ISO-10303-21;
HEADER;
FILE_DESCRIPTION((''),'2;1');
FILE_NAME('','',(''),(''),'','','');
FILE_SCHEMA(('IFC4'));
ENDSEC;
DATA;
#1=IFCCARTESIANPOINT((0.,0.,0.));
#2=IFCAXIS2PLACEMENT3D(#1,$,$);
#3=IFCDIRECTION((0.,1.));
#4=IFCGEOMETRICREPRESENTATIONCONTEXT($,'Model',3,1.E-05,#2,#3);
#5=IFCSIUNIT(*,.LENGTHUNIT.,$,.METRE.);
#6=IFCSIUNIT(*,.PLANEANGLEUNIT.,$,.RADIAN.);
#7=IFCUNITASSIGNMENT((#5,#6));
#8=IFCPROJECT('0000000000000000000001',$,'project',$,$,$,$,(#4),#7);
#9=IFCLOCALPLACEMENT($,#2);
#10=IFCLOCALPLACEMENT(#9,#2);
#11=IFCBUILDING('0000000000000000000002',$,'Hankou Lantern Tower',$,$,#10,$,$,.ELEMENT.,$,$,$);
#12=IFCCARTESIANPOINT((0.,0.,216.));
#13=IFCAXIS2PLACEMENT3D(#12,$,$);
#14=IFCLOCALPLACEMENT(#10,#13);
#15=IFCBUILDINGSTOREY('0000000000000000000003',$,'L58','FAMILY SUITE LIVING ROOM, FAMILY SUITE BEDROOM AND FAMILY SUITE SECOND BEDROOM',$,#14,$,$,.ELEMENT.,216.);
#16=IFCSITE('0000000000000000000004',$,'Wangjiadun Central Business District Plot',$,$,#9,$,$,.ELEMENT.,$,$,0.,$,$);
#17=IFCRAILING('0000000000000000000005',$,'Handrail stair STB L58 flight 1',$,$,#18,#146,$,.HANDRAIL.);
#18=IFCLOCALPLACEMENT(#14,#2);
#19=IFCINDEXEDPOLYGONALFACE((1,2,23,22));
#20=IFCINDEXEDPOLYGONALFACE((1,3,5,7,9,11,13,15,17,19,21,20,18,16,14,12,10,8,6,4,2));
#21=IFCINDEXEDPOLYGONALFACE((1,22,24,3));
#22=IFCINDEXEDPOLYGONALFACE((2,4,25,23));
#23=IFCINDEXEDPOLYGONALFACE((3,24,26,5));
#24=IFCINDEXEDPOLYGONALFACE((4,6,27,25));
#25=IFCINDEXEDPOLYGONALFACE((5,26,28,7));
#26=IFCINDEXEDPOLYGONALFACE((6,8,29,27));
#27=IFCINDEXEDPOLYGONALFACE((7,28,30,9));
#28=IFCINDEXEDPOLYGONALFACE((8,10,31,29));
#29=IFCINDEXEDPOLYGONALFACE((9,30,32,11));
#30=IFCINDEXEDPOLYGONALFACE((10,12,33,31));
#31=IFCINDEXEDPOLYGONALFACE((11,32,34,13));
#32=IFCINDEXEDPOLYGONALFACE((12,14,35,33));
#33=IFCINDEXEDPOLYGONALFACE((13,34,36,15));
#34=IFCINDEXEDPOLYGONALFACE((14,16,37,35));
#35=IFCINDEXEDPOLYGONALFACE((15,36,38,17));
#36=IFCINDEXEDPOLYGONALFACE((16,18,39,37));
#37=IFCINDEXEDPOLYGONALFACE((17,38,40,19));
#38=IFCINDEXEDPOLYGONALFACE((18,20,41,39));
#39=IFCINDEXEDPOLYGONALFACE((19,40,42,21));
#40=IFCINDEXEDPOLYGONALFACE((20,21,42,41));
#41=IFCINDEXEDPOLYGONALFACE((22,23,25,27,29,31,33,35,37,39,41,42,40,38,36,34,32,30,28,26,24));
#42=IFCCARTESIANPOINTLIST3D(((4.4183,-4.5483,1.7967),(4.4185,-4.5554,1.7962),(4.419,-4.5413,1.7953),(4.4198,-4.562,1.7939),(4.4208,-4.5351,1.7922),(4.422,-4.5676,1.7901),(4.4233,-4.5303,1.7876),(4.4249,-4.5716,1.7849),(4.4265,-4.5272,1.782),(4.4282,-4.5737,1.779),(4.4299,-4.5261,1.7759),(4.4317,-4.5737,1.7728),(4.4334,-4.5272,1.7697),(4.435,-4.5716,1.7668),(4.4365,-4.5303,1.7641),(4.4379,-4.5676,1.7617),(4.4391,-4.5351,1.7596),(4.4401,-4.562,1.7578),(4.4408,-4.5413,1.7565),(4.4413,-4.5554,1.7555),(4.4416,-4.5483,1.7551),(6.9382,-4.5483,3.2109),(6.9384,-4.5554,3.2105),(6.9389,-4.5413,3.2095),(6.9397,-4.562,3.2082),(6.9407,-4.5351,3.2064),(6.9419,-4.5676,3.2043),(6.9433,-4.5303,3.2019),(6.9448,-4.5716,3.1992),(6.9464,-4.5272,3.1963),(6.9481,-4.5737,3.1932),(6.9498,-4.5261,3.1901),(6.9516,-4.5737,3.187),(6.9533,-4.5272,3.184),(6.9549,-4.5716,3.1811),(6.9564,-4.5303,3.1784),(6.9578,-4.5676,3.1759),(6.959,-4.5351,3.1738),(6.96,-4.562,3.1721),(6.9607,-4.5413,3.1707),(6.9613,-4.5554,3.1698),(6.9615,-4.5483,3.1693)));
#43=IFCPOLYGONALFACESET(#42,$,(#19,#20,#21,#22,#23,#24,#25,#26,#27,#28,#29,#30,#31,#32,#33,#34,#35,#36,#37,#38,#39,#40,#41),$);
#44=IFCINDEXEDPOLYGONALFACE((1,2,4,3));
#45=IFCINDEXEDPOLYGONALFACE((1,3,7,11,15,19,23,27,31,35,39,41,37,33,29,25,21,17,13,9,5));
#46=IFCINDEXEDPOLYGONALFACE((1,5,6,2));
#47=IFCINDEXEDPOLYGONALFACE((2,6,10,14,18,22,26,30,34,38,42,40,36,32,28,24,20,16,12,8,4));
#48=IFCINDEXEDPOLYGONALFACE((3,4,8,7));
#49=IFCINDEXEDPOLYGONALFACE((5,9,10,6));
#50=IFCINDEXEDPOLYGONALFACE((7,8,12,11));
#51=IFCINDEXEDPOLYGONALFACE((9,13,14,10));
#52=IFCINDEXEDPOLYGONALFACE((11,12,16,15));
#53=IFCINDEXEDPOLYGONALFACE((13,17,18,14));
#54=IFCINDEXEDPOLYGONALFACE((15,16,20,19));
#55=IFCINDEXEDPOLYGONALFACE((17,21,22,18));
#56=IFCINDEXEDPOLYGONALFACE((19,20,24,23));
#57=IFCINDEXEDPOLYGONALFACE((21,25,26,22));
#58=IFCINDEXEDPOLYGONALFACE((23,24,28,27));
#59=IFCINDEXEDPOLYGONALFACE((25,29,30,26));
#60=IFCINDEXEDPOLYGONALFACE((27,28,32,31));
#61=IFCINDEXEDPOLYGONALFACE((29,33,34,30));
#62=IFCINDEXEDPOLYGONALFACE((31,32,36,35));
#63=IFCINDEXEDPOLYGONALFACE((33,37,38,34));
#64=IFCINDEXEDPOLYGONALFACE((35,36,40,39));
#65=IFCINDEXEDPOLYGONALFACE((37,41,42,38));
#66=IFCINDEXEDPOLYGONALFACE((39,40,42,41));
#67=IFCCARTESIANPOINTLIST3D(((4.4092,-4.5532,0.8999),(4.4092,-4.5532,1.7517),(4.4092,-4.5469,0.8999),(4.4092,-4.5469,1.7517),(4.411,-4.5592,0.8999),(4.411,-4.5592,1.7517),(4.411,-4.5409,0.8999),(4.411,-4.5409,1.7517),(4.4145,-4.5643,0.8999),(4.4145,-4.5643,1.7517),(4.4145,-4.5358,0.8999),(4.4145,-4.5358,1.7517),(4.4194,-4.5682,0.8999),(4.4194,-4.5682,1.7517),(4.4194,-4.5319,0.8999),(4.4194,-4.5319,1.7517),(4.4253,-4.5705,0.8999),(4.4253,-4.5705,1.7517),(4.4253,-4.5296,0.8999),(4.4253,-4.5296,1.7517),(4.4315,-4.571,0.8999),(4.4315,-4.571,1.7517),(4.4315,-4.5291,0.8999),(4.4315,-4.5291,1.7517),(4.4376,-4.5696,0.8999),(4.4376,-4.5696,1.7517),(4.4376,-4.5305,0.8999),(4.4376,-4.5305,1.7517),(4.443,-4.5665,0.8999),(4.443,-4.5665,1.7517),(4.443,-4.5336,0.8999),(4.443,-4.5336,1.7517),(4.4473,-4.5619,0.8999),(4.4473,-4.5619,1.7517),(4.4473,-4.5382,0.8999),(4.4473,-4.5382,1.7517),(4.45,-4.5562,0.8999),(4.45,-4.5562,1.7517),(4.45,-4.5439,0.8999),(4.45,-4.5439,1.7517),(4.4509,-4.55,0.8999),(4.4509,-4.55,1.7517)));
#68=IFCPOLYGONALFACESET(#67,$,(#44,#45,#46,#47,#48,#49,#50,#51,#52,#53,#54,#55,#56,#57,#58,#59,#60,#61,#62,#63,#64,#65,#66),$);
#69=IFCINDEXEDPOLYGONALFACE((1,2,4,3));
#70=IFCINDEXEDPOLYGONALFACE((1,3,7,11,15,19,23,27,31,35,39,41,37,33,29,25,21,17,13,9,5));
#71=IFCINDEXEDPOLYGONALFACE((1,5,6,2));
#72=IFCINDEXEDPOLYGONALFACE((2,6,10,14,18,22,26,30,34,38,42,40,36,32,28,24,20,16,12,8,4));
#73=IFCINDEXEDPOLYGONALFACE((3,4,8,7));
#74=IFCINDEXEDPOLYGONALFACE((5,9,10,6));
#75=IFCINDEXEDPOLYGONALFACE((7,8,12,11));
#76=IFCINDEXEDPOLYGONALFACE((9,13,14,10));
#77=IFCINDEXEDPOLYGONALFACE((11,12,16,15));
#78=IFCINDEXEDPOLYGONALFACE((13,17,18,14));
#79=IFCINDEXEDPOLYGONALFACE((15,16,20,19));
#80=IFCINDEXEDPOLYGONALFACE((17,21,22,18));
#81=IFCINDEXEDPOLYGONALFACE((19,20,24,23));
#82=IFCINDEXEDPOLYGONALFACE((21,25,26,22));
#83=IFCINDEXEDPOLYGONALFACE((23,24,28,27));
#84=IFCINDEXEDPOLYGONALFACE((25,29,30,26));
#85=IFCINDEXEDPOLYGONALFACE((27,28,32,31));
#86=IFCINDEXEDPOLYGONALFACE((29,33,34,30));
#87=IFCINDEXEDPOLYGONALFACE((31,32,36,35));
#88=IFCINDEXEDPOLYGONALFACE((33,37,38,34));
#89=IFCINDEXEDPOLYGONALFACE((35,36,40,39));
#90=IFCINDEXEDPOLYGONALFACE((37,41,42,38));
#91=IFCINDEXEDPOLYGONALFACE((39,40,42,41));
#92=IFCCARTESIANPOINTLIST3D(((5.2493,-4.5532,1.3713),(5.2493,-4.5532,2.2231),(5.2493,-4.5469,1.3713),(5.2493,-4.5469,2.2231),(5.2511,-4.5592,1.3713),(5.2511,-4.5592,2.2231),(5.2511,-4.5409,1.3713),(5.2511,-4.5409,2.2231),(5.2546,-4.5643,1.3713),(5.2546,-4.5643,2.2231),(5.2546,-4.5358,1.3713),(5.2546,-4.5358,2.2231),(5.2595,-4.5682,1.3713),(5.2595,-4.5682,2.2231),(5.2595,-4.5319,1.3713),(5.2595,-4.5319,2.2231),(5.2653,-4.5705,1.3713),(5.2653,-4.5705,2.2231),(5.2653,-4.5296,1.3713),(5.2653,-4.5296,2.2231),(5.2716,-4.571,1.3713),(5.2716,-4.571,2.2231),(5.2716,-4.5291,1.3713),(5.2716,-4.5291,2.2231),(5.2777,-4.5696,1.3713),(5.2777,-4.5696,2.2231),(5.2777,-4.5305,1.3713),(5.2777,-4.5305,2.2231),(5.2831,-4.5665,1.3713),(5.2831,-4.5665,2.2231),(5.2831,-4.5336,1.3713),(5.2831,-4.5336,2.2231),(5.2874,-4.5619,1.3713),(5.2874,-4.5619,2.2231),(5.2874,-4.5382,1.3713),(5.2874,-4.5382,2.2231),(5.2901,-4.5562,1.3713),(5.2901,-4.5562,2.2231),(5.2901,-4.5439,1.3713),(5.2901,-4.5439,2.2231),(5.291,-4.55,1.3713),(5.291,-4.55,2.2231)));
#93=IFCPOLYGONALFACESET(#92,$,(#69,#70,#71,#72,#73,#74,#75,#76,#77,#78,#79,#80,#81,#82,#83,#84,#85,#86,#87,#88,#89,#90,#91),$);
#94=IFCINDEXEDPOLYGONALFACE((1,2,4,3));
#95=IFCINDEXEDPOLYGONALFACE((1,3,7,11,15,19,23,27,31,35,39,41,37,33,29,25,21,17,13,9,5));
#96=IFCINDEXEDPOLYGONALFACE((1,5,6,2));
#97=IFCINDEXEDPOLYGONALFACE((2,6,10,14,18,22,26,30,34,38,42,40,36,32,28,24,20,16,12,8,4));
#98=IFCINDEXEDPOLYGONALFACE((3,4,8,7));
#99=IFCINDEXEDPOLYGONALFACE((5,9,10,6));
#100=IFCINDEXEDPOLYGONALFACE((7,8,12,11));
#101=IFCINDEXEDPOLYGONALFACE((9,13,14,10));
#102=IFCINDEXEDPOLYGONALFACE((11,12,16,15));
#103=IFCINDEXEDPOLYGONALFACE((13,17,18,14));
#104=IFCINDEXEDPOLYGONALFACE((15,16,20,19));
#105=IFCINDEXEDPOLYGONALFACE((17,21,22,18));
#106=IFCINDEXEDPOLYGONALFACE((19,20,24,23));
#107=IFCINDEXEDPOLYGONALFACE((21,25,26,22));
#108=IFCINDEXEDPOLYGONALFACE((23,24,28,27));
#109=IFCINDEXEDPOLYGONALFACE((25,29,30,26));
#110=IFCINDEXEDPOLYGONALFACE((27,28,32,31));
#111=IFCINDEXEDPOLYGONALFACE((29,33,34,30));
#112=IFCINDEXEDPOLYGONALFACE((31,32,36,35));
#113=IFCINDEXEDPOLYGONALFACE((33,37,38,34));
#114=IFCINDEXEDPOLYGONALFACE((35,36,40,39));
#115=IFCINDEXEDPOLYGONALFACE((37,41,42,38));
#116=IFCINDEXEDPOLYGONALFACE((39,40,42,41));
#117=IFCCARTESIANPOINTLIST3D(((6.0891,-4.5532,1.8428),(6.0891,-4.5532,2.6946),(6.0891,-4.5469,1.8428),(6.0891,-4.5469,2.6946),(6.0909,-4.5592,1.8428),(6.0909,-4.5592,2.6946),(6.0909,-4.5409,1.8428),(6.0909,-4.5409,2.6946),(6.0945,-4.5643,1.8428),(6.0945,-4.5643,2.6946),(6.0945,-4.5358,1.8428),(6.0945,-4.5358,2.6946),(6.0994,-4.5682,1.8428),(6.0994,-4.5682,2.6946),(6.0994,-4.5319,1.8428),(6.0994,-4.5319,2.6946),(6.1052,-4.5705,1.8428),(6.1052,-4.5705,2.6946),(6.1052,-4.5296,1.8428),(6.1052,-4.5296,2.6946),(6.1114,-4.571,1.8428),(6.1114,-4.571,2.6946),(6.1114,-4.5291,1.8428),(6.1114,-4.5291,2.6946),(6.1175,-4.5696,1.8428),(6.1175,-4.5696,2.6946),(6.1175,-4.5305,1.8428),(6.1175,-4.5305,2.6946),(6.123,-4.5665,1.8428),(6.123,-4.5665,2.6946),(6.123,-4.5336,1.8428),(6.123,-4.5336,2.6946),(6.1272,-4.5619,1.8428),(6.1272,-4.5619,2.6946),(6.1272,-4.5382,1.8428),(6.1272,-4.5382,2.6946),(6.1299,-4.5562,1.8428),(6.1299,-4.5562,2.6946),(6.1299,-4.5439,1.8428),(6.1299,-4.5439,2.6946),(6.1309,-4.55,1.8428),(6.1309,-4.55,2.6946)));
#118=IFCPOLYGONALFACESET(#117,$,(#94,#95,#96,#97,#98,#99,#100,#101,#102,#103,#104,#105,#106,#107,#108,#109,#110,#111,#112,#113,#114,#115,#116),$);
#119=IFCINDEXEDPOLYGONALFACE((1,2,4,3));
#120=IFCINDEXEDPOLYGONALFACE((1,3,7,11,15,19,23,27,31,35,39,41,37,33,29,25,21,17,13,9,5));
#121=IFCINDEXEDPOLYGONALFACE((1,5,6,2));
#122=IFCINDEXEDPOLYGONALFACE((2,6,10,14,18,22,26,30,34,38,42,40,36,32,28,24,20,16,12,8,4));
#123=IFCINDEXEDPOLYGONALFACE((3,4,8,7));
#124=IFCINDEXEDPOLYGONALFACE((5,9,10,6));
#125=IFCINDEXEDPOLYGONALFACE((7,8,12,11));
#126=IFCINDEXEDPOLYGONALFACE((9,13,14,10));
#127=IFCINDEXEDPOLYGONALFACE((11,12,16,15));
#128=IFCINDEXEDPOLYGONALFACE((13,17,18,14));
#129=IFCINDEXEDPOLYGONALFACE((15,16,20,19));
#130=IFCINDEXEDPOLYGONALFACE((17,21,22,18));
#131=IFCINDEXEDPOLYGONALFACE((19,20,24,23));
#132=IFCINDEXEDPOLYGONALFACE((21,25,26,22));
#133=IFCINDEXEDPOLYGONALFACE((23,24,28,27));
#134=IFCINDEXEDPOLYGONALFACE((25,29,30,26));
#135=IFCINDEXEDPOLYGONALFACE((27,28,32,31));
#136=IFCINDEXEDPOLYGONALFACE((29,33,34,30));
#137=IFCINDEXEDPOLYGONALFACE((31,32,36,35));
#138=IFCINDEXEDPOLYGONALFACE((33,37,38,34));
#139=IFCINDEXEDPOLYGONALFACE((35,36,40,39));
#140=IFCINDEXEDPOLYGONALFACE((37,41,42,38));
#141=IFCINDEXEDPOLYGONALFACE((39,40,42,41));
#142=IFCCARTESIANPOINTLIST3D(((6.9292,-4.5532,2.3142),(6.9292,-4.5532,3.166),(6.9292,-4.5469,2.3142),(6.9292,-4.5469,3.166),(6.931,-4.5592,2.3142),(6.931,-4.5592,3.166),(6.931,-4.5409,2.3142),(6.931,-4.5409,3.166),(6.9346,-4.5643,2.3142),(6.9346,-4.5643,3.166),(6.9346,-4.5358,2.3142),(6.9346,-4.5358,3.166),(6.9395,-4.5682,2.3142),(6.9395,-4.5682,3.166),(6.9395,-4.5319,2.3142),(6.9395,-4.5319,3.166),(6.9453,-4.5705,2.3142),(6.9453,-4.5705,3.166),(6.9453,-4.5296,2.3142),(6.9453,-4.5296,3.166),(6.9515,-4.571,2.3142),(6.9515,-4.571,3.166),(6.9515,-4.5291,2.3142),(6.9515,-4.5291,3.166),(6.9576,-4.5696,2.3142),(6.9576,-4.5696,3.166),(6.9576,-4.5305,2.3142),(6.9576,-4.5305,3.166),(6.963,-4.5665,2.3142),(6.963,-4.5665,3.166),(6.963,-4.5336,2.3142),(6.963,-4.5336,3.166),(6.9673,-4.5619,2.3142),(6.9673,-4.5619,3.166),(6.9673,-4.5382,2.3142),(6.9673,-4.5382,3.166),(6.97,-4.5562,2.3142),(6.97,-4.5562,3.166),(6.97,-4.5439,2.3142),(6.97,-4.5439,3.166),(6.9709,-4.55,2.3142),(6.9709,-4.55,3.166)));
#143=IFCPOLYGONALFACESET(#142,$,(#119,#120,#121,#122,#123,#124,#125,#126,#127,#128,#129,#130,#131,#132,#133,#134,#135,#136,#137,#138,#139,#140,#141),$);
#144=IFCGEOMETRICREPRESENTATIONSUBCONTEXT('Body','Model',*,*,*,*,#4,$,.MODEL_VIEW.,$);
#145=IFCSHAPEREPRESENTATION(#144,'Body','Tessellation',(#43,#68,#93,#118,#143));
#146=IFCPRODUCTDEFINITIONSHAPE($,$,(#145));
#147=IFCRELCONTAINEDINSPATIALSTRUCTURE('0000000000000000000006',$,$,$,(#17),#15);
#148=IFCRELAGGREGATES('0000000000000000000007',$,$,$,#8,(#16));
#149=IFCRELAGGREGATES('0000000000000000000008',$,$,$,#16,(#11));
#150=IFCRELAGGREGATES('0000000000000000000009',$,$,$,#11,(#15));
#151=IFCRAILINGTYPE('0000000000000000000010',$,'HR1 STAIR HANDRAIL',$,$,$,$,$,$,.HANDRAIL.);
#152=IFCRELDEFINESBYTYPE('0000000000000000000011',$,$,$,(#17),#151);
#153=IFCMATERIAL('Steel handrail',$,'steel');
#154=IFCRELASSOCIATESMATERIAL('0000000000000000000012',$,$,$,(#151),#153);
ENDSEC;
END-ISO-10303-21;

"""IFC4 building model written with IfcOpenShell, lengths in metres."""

from ifc_helpers import new_model, si_unit, direction, frame, origin, origin_2d, place, context, subcontext, project, spatial, circle, extrude, material, type_object, element, save


model = new_model("IFC4")

# Units and contexts
model_context = context("Model", 3, precision=1e-05, world=origin(), true_north=direction((0.0, 1.0)))
body_context = subcontext(model_context, "Body", "Model", "MODEL_VIEW")
ifc_project = project(units=[si_unit("LENGTHUNIT", "METRE"), si_unit("PLANEANGLEUNIT", "RADIAN")], contexts=[model_context])

# Site, building, storey
site_placement = place(None, origin())
site = spatial("IfcSite", under=ifc_project, at=site_placement, Name="Wangjiadun Central Business District Plot", CompositionType="ELEMENT", RefElevation=0.0)
building_placement = place(site_placement, origin())
building = spatial("IfcBuilding", under=site, at=building_placement, Name="Hankou Lantern Tower", CompositionType="ELEMENT")
storey_placement = place(building_placement, frame((0.0, 0.0, 216.0)))
storey = spatial("IfcBuildingStorey", under=building, at=storey_placement, Name="L58", Description="FAMILY SUITE LIVING ROOM, FAMILY SUITE BEDROOM AND FAMILY SUITE SECOND BEDROOM", CompositionType="ELEMENT", Elevation=216.0)

# Railing
ifc_material_1 = material(Name="Steel handrail", Category="steel")
railing_type = type_object("IfcRailingType", Name="HR1 STAIR HANDRAIL", PredefinedType="HANDRAIL", material=ifc_material_1)
railing_1_placement = place(storey_placement, frame((4.4299, -4.55, 0.8999)))
element("IfcRailing", 1, at=railing_1_placement, inside=storey, type_object=railing_type, Name="Handrail stair STB L58 flight 1", PredefinedType="HANDRAIL", context=body_context, shape_type="SweptSolid", body=[
    extrude(circle(Radius=0.0239, at=origin_2d()), frame((0.0, 0.0, 0.876), z_axis=(0.872049, 0.0, 0.489419), x_axis=(0.0, 1.0, 0.0)), (0.0, 0.0, 1.0), 2.8896),
    extrude(circle(Radius=0.021, at=origin_2d()), origin(), (0.0, 0.0, 1.0), 0.8518),
    extrude(circle(Radius=0.021, at=origin_2d()), frame((0.8401, 0.0, 0.4714)), (0.0, 0.0, 1.0), 0.8518),
    extrude(circle(Radius=0.021, at=origin_2d()), frame((1.6799, 0.0, 0.9429)), (0.0, 0.0, 1.0), 0.8518),
    extrude(circle(Radius=0.021, at=origin_2d()), frame((2.52, 0.0, 1.4143)), (0.0, 0.0, 1.0), 0.8518),
])

save(model, "model.ifc")
